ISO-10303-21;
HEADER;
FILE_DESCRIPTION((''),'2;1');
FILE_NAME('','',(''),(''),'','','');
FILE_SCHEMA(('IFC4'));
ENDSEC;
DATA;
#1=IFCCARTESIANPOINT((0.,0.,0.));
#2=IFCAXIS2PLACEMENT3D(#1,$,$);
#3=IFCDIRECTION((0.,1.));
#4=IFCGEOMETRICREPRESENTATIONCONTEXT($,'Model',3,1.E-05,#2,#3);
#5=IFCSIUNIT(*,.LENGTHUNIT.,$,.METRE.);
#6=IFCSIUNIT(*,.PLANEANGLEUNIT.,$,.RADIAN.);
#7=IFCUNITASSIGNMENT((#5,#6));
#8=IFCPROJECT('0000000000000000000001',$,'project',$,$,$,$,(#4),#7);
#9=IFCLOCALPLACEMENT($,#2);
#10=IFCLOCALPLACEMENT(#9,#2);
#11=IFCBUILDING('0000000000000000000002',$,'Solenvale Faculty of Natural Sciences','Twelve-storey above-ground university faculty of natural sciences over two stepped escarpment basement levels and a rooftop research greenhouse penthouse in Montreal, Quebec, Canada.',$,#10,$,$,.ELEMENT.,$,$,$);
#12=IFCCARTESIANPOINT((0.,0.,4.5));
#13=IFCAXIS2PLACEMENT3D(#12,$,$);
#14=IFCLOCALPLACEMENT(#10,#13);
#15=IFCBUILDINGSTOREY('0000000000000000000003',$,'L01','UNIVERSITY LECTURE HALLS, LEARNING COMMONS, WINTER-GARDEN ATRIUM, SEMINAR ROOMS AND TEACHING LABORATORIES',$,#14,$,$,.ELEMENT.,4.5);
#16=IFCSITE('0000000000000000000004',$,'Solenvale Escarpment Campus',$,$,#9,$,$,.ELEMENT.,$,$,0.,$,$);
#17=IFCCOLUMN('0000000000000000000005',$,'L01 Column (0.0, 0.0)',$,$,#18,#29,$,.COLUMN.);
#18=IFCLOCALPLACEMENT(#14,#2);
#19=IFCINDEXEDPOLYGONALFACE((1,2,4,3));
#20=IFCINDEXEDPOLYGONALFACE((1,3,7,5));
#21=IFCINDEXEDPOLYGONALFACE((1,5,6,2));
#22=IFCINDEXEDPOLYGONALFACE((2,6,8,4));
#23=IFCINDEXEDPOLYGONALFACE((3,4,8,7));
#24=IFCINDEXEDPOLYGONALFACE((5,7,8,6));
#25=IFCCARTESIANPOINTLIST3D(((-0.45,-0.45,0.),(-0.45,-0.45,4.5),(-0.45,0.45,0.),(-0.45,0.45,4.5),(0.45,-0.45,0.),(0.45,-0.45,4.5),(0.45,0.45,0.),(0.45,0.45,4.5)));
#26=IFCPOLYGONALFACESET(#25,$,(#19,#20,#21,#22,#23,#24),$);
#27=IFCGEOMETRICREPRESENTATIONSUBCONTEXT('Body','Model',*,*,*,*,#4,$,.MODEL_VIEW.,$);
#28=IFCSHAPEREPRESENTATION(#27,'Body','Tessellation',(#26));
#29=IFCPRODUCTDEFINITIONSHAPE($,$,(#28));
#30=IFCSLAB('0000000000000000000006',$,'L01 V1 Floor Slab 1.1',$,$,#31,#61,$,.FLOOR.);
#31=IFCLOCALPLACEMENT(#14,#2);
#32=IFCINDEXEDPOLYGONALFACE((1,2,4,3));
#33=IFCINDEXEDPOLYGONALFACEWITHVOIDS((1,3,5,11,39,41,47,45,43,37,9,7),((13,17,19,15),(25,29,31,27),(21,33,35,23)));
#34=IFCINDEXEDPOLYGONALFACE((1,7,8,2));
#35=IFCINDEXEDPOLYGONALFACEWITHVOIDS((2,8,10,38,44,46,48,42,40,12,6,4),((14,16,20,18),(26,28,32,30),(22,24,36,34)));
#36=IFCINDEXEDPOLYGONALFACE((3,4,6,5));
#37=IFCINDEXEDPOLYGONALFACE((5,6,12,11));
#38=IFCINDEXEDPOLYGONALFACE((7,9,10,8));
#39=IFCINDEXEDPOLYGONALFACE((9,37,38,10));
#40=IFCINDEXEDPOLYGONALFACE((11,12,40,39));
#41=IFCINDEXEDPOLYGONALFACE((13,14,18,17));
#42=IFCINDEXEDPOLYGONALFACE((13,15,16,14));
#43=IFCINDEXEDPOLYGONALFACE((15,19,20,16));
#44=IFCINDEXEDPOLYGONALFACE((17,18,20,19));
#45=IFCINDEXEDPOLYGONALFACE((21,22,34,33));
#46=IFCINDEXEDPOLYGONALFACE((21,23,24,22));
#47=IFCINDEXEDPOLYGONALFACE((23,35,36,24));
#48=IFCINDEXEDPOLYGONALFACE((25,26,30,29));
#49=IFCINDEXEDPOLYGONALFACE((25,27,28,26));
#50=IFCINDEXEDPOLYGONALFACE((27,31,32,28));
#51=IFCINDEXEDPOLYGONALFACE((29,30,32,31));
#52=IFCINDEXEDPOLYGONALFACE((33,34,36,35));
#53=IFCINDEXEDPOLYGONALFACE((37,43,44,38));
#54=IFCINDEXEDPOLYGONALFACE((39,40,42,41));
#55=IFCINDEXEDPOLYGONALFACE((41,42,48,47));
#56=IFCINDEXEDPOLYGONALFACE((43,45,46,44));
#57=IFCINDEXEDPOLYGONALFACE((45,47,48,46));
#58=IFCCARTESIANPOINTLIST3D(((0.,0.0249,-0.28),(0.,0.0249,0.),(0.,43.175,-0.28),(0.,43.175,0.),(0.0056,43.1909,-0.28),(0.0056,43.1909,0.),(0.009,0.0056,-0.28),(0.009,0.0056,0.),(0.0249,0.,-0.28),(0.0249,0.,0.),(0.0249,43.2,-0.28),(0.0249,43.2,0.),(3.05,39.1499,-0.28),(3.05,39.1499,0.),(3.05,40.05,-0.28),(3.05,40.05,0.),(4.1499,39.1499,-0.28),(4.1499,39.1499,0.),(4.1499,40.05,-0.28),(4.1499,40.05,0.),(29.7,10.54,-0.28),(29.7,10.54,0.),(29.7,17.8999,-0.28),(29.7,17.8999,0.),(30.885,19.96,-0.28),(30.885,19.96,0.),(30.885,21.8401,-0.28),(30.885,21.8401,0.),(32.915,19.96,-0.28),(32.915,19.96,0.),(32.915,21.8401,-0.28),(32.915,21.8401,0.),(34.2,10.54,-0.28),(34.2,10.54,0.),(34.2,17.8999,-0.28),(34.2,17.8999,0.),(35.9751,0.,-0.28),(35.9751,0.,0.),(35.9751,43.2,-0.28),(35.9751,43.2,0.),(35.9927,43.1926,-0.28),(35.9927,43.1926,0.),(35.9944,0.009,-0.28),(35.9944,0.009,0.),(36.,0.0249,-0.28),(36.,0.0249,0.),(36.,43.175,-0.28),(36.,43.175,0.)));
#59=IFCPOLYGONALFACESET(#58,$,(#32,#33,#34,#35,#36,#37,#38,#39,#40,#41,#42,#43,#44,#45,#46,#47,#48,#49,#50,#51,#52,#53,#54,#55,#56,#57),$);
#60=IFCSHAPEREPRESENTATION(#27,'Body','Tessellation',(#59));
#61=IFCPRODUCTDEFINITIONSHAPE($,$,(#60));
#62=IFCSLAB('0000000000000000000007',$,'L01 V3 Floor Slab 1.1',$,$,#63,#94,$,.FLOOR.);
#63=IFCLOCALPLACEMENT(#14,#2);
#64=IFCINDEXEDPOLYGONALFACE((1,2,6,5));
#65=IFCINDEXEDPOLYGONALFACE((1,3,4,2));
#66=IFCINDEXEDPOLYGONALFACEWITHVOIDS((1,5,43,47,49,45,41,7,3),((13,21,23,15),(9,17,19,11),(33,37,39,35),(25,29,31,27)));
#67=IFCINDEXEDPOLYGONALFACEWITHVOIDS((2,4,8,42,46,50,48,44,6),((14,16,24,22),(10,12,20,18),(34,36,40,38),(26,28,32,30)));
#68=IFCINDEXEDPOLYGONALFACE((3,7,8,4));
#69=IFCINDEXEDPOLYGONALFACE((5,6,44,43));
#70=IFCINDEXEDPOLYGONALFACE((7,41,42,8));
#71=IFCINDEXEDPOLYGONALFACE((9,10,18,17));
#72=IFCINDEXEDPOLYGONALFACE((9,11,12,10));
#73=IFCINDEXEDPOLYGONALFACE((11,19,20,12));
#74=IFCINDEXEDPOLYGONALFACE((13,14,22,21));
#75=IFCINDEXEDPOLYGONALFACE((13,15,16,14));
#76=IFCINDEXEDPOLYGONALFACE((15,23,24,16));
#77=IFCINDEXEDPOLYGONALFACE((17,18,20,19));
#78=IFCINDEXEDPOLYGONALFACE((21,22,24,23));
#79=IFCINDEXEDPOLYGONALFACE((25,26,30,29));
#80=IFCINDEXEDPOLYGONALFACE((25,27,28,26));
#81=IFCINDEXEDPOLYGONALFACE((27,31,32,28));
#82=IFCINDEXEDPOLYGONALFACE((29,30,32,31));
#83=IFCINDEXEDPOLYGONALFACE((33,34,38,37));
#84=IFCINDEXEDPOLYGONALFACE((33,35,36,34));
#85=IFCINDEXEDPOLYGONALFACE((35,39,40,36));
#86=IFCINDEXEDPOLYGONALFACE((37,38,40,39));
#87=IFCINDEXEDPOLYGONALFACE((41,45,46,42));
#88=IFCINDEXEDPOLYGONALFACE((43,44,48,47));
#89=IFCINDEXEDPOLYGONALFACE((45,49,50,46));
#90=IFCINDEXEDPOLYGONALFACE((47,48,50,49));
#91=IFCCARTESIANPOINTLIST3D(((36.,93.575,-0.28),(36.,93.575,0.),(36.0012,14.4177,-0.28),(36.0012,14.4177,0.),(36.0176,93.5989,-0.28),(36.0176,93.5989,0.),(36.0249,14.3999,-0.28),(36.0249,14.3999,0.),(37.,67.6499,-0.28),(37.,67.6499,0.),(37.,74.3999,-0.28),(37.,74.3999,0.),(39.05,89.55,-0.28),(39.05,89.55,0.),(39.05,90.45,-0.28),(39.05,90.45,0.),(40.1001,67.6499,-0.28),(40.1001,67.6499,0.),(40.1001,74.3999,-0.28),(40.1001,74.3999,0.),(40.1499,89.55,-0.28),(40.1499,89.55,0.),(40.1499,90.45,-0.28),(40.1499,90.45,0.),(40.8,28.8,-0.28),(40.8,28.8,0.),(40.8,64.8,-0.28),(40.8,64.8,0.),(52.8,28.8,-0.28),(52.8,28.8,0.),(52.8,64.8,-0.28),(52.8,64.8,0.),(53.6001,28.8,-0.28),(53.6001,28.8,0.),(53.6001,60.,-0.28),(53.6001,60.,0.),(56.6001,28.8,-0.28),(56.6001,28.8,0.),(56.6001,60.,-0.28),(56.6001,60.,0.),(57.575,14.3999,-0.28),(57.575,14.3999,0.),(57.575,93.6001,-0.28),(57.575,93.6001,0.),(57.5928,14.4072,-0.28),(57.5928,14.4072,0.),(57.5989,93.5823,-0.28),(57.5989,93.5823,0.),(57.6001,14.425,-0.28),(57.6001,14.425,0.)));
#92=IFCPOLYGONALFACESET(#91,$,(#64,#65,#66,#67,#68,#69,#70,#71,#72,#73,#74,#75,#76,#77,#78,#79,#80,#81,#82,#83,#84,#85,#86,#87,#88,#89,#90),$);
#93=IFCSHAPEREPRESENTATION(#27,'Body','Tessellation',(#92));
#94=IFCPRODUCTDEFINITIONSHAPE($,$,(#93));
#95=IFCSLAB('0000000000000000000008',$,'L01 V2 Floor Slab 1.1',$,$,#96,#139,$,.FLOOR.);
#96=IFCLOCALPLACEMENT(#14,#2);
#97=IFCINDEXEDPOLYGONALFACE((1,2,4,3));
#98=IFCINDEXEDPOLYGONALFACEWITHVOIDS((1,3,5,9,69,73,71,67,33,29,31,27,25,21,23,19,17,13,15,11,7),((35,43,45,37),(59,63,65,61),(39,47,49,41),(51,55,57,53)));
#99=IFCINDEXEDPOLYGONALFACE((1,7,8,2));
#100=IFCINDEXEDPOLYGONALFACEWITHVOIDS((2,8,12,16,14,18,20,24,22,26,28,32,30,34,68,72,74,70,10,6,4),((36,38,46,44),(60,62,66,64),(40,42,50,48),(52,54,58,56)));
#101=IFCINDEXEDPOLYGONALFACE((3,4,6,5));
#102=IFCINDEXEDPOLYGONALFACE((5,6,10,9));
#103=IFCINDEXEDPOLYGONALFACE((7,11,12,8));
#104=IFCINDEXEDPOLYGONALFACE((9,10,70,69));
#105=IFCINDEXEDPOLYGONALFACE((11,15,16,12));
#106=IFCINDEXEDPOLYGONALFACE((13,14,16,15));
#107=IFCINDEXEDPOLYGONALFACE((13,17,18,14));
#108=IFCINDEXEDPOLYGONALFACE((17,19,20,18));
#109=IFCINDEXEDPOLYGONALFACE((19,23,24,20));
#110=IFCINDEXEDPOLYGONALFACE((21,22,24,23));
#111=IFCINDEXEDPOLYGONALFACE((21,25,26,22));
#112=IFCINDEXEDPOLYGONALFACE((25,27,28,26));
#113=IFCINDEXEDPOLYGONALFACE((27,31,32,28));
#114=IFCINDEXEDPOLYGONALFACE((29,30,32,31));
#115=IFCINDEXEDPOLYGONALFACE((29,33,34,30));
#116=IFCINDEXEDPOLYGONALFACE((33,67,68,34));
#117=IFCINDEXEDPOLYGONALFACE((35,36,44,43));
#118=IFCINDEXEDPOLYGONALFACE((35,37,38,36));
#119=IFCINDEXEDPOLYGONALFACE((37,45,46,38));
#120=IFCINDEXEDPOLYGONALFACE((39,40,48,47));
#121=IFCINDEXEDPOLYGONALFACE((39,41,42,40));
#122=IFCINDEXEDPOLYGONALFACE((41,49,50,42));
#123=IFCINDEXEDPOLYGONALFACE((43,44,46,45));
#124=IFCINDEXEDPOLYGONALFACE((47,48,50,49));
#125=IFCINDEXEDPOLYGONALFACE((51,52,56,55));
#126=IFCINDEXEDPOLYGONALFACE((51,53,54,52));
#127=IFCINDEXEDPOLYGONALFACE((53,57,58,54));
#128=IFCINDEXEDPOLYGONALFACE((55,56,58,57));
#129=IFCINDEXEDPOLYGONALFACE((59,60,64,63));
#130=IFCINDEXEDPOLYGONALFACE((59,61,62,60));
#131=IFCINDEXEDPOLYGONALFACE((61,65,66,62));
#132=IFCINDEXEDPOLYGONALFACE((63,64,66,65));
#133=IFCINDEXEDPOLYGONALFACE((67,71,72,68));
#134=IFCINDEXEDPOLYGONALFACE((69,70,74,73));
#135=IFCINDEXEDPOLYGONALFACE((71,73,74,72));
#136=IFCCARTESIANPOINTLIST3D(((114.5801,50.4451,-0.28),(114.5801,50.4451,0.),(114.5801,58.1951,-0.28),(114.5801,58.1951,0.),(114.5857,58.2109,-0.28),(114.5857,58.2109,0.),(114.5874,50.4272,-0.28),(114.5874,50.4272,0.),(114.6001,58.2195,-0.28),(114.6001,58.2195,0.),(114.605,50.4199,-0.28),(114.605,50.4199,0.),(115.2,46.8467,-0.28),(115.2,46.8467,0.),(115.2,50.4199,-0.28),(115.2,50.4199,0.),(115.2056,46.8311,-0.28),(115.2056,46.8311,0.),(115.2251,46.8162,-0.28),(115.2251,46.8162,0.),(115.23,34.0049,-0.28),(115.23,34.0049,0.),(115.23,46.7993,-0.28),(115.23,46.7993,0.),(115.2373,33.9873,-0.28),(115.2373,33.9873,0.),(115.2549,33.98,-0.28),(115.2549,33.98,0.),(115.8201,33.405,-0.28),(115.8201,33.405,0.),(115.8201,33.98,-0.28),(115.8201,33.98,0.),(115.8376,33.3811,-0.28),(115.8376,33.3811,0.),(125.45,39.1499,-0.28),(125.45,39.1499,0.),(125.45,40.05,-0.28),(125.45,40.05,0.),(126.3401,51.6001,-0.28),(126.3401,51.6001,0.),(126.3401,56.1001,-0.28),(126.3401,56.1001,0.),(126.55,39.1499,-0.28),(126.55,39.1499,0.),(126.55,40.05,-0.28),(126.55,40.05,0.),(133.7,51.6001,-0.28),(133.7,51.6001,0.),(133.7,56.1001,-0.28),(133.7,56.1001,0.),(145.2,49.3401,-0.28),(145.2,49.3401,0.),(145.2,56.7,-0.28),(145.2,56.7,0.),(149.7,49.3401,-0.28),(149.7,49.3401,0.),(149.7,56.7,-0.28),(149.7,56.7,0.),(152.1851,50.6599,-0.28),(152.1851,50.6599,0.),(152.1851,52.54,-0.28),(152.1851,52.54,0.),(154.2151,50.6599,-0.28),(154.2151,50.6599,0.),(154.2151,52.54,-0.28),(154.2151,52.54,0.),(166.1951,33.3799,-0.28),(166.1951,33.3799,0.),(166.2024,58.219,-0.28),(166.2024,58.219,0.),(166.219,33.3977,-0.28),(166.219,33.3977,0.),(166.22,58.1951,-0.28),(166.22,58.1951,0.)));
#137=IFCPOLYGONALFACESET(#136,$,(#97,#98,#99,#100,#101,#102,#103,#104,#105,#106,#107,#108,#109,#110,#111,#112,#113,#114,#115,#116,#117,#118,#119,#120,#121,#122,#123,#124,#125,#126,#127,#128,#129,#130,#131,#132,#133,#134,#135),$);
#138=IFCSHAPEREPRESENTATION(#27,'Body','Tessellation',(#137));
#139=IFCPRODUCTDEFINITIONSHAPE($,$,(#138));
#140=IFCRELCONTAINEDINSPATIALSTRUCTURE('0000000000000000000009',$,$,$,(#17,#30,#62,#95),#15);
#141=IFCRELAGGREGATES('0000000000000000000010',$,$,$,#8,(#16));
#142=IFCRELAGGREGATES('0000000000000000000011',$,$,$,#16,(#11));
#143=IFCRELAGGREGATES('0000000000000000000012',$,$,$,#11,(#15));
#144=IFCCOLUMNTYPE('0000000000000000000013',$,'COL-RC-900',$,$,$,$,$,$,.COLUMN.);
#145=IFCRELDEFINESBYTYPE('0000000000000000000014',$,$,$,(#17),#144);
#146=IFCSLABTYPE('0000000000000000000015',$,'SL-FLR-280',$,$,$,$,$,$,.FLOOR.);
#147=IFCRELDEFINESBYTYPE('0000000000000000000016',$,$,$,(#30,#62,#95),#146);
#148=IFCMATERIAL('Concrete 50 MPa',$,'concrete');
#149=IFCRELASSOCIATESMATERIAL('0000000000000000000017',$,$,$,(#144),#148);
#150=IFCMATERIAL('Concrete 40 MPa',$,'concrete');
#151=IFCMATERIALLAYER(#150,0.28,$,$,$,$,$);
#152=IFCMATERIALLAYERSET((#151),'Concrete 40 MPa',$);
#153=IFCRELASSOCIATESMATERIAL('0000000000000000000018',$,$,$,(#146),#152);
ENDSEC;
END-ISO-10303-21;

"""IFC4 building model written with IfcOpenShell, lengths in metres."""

from ifc_helpers import new_model, si_unit, direction, frame, origin, origin_with_axes, origin_2d, place, context, subcontext, project, spatial, polyline, rectangle, outline, extrude, material, layer, layer_set, material_profile, profile_set, type_object, element, save


model = new_model("IFC4")

# Units and contexts
model_context = context("Model", 3, precision=1e-05, world=origin(), true_north=direction((0.0, 1.0)))
body_context = subcontext(model_context, "Body", "Model", "MODEL_VIEW")
ifc_project = project(units=[si_unit("LENGTHUNIT", "METRE"), si_unit("PLANEANGLEUNIT", "RADIAN")], contexts=[model_context])

# Site, building, storey
site_placement = place(None, origin())
site = spatial("IfcSite", under=ifc_project, at=site_placement, Name="Solenvale Escarpment Campus", CompositionType="ELEMENT", RefElevation=0.0)
building_placement = place(site_placement, origin())
building = spatial("IfcBuilding", under=site, at=building_placement, Name="Solenvale Faculty of Natural Sciences", Description="Twelve-storey above-ground university faculty of natural sciences over two stepped escarpment basement levels and a rooftop research greenhouse penthouse in Montreal, Quebec, Canada.", CompositionType="ELEMENT")
storey_placement = place(building_placement, frame((0.0, 0.0, 4.5)))
storey = spatial("IfcBuildingStorey", under=building, at=storey_placement, Name="L01", Description="UNIVERSITY LECTURE HALLS, LEARNING COMMONS, WINTER-GARDEN ATRIUM, SEMINAR ROOMS AND TEACHING LABORATORIES", CompositionType="ELEMENT", Elevation=4.5)

# Column
ifc_material_1 = material(Name="Concrete 50 MPa", Category="concrete")
ifc_material_profile = material_profile(ifc_material_1, rectangle(XDim=0.8999, YDim=0.8999, at=origin_2d()), Name="RC-COL-900x900")
ifc_profile_set = profile_set([ifc_material_profile], Name="Concrete 50 MPa")
column_type = type_object("IfcColumnType", Name="COL-RC-900", PredefinedType="COLUMN", material=ifc_profile_set)
column_placement = place(storey_placement, origin_with_axes())
element("IfcColumn", 1, at=column_placement, inside=storey, type_object=column_type, Name="L01 Column (0.0, 0.0)", PredefinedType="COLUMN", context=body_context, shape_type="SweptSolid", body=[
    extrude(rectangle(XDim=0.8999, YDim=0.8999, at=origin_2d()), origin(), (0.0, 0.0, 1.0), 4.5),
])

# Slabs
ifc_material_2 = material(Name="Concrete 40 MPa", Category="concrete")
ifc_layer_1 = layer(ifc_material_2, 0.28)
ifc_layer_set_1 = layer_set([ifc_layer_1], Name="Concrete 40 MPa")
slab_type_1 = type_object("IfcSlabType", Name="SL-FLR-280", PredefinedType="FLOOR", material=ifc_layer_set_1)
slab_1_placement = place(storey_placement, frame((0.0, 0.0, -0.28)))
element("IfcSlab", 2, at=slab_1_placement, inside=storey, type_object=slab_type_1, Name="L01 V1 Floor Slab 1.1", PredefinedType="FLOOR", context=body_context, shape_type="SweptSolid", body=[
    extrude(outline(polyline([(35.9751, 43.2), (35.9927, 43.1926), (36.0, 43.175), (36.0, 0.0249), (35.9944, 0.009), (35.9751, 0.0), (0.0249, 0.0), (0.009, 0.0056), (0.0, 0.0249), (0.0, 43.175), (0.0056, 43.1909), (0.0249, 43.2), (35.9751, 43.2)]), holes=[polyline([(29.7, 10.54), (34.2, 10.54), (34.2, 17.8999), (29.7, 17.8999), (29.7, 10.54)]), polyline([(30.885, 19.96), (32.915, 19.96), (32.915, 21.8401), (30.885, 21.8401), (30.885, 19.96)]), polyline([(3.05, 39.1499), (4.1499, 39.1499), (4.1499, 40.05), (3.05, 40.05), (3.05, 39.1499)])]), origin(), (0.0, 0.0, 1.0), 0.28),
])
slab_2_placement = place(storey_placement, frame((0.0, 0.0, -0.28)))
element("IfcSlab", 3, at=slab_2_placement, inside=storey, type_object=slab_type_1, Name="L01 V3 Floor Slab 1.1", PredefinedType="FLOOR", context=body_context, shape_type="SweptSolid", body=[
    extrude(outline(polyline([(57.6001, 14.425), (57.5928, 14.4072), (57.575, 14.3999), (36.0249, 14.3999), (36.0012, 14.4177), (36.0, 93.575), (36.0176, 93.5989), (57.575, 93.6001), (57.5989, 93.5823), (57.6001, 14.425)]), holes=[polyline([(53.6001, 28.8), (56.6001, 28.8), (56.6001, 60.0), (53.6001, 60.0), (53.6001, 28.8)]), polyline([(40.8, 28.8), (52.8, 28.8), (52.8, 64.8), (40.8, 64.8), (40.8, 28.8)]), polyline([(39.05, 89.55), (40.1499, 89.55), (40.1499, 90.45), (39.05, 90.45), (39.05, 89.55)]), polyline([(37.0, 67.6499), (40.1001, 67.6499), (40.1001, 74.3999), (37.0, 74.3999), (37.0, 67.6499)])]), origin(), (0.0, 0.0, 1.0), 0.28),
])
slab_3_placement = place(storey_placement, frame((0.0, 0.0, -0.28)))
element("IfcSlab", 4, at=slab_3_placement, inside=storey, type_object=slab_type_1, Name="L01 V2 Floor Slab 1.1", PredefinedType="FLOOR", context=body_context, shape_type="SweptSolid", body=[
    extrude(outline(polyline([(114.605, 50.4199), (114.5874, 50.4272), (114.5801, 50.4451), (114.5801, 58.1951), (114.5857, 58.2109), (114.6001, 58.2195), (166.2024, 58.219), (166.22, 58.1951), (166.219, 33.3977), (166.1951, 33.3799), (115.8376, 33.3811), (115.8201, 33.405), (115.8201, 33.98), (115.2549, 33.98), (115.2373, 33.9873), (115.23, 34.0049), (115.23, 46.7993), (115.2251, 46.8162), (115.2056, 46.8311), (115.2, 46.8467), (115.2, 50.4199), (114.605, 50.4199)]), holes=[polyline([(152.1851, 50.6599), (154.2151, 50.6599), (154.2151, 52.54), (152.1851, 52.54), (152.1851, 50.6599)]), polyline([(145.2, 49.3401), (149.7, 49.3401), (149.7, 56.7), (145.2, 56.7), (145.2, 49.3401)]), polyline([(126.3401, 51.6001), (133.7, 51.6001), (133.7, 56.1001), (126.3401, 56.1001), (126.3401, 51.6001)]), polyline([(125.45, 39.1499), (126.55, 39.1499), (126.55, 40.05), (125.45, 40.05), (125.45, 39.1499)])]), origin(), (0.0, 0.0, 1.0), 0.28),
])

save(model, "model.ifc")
